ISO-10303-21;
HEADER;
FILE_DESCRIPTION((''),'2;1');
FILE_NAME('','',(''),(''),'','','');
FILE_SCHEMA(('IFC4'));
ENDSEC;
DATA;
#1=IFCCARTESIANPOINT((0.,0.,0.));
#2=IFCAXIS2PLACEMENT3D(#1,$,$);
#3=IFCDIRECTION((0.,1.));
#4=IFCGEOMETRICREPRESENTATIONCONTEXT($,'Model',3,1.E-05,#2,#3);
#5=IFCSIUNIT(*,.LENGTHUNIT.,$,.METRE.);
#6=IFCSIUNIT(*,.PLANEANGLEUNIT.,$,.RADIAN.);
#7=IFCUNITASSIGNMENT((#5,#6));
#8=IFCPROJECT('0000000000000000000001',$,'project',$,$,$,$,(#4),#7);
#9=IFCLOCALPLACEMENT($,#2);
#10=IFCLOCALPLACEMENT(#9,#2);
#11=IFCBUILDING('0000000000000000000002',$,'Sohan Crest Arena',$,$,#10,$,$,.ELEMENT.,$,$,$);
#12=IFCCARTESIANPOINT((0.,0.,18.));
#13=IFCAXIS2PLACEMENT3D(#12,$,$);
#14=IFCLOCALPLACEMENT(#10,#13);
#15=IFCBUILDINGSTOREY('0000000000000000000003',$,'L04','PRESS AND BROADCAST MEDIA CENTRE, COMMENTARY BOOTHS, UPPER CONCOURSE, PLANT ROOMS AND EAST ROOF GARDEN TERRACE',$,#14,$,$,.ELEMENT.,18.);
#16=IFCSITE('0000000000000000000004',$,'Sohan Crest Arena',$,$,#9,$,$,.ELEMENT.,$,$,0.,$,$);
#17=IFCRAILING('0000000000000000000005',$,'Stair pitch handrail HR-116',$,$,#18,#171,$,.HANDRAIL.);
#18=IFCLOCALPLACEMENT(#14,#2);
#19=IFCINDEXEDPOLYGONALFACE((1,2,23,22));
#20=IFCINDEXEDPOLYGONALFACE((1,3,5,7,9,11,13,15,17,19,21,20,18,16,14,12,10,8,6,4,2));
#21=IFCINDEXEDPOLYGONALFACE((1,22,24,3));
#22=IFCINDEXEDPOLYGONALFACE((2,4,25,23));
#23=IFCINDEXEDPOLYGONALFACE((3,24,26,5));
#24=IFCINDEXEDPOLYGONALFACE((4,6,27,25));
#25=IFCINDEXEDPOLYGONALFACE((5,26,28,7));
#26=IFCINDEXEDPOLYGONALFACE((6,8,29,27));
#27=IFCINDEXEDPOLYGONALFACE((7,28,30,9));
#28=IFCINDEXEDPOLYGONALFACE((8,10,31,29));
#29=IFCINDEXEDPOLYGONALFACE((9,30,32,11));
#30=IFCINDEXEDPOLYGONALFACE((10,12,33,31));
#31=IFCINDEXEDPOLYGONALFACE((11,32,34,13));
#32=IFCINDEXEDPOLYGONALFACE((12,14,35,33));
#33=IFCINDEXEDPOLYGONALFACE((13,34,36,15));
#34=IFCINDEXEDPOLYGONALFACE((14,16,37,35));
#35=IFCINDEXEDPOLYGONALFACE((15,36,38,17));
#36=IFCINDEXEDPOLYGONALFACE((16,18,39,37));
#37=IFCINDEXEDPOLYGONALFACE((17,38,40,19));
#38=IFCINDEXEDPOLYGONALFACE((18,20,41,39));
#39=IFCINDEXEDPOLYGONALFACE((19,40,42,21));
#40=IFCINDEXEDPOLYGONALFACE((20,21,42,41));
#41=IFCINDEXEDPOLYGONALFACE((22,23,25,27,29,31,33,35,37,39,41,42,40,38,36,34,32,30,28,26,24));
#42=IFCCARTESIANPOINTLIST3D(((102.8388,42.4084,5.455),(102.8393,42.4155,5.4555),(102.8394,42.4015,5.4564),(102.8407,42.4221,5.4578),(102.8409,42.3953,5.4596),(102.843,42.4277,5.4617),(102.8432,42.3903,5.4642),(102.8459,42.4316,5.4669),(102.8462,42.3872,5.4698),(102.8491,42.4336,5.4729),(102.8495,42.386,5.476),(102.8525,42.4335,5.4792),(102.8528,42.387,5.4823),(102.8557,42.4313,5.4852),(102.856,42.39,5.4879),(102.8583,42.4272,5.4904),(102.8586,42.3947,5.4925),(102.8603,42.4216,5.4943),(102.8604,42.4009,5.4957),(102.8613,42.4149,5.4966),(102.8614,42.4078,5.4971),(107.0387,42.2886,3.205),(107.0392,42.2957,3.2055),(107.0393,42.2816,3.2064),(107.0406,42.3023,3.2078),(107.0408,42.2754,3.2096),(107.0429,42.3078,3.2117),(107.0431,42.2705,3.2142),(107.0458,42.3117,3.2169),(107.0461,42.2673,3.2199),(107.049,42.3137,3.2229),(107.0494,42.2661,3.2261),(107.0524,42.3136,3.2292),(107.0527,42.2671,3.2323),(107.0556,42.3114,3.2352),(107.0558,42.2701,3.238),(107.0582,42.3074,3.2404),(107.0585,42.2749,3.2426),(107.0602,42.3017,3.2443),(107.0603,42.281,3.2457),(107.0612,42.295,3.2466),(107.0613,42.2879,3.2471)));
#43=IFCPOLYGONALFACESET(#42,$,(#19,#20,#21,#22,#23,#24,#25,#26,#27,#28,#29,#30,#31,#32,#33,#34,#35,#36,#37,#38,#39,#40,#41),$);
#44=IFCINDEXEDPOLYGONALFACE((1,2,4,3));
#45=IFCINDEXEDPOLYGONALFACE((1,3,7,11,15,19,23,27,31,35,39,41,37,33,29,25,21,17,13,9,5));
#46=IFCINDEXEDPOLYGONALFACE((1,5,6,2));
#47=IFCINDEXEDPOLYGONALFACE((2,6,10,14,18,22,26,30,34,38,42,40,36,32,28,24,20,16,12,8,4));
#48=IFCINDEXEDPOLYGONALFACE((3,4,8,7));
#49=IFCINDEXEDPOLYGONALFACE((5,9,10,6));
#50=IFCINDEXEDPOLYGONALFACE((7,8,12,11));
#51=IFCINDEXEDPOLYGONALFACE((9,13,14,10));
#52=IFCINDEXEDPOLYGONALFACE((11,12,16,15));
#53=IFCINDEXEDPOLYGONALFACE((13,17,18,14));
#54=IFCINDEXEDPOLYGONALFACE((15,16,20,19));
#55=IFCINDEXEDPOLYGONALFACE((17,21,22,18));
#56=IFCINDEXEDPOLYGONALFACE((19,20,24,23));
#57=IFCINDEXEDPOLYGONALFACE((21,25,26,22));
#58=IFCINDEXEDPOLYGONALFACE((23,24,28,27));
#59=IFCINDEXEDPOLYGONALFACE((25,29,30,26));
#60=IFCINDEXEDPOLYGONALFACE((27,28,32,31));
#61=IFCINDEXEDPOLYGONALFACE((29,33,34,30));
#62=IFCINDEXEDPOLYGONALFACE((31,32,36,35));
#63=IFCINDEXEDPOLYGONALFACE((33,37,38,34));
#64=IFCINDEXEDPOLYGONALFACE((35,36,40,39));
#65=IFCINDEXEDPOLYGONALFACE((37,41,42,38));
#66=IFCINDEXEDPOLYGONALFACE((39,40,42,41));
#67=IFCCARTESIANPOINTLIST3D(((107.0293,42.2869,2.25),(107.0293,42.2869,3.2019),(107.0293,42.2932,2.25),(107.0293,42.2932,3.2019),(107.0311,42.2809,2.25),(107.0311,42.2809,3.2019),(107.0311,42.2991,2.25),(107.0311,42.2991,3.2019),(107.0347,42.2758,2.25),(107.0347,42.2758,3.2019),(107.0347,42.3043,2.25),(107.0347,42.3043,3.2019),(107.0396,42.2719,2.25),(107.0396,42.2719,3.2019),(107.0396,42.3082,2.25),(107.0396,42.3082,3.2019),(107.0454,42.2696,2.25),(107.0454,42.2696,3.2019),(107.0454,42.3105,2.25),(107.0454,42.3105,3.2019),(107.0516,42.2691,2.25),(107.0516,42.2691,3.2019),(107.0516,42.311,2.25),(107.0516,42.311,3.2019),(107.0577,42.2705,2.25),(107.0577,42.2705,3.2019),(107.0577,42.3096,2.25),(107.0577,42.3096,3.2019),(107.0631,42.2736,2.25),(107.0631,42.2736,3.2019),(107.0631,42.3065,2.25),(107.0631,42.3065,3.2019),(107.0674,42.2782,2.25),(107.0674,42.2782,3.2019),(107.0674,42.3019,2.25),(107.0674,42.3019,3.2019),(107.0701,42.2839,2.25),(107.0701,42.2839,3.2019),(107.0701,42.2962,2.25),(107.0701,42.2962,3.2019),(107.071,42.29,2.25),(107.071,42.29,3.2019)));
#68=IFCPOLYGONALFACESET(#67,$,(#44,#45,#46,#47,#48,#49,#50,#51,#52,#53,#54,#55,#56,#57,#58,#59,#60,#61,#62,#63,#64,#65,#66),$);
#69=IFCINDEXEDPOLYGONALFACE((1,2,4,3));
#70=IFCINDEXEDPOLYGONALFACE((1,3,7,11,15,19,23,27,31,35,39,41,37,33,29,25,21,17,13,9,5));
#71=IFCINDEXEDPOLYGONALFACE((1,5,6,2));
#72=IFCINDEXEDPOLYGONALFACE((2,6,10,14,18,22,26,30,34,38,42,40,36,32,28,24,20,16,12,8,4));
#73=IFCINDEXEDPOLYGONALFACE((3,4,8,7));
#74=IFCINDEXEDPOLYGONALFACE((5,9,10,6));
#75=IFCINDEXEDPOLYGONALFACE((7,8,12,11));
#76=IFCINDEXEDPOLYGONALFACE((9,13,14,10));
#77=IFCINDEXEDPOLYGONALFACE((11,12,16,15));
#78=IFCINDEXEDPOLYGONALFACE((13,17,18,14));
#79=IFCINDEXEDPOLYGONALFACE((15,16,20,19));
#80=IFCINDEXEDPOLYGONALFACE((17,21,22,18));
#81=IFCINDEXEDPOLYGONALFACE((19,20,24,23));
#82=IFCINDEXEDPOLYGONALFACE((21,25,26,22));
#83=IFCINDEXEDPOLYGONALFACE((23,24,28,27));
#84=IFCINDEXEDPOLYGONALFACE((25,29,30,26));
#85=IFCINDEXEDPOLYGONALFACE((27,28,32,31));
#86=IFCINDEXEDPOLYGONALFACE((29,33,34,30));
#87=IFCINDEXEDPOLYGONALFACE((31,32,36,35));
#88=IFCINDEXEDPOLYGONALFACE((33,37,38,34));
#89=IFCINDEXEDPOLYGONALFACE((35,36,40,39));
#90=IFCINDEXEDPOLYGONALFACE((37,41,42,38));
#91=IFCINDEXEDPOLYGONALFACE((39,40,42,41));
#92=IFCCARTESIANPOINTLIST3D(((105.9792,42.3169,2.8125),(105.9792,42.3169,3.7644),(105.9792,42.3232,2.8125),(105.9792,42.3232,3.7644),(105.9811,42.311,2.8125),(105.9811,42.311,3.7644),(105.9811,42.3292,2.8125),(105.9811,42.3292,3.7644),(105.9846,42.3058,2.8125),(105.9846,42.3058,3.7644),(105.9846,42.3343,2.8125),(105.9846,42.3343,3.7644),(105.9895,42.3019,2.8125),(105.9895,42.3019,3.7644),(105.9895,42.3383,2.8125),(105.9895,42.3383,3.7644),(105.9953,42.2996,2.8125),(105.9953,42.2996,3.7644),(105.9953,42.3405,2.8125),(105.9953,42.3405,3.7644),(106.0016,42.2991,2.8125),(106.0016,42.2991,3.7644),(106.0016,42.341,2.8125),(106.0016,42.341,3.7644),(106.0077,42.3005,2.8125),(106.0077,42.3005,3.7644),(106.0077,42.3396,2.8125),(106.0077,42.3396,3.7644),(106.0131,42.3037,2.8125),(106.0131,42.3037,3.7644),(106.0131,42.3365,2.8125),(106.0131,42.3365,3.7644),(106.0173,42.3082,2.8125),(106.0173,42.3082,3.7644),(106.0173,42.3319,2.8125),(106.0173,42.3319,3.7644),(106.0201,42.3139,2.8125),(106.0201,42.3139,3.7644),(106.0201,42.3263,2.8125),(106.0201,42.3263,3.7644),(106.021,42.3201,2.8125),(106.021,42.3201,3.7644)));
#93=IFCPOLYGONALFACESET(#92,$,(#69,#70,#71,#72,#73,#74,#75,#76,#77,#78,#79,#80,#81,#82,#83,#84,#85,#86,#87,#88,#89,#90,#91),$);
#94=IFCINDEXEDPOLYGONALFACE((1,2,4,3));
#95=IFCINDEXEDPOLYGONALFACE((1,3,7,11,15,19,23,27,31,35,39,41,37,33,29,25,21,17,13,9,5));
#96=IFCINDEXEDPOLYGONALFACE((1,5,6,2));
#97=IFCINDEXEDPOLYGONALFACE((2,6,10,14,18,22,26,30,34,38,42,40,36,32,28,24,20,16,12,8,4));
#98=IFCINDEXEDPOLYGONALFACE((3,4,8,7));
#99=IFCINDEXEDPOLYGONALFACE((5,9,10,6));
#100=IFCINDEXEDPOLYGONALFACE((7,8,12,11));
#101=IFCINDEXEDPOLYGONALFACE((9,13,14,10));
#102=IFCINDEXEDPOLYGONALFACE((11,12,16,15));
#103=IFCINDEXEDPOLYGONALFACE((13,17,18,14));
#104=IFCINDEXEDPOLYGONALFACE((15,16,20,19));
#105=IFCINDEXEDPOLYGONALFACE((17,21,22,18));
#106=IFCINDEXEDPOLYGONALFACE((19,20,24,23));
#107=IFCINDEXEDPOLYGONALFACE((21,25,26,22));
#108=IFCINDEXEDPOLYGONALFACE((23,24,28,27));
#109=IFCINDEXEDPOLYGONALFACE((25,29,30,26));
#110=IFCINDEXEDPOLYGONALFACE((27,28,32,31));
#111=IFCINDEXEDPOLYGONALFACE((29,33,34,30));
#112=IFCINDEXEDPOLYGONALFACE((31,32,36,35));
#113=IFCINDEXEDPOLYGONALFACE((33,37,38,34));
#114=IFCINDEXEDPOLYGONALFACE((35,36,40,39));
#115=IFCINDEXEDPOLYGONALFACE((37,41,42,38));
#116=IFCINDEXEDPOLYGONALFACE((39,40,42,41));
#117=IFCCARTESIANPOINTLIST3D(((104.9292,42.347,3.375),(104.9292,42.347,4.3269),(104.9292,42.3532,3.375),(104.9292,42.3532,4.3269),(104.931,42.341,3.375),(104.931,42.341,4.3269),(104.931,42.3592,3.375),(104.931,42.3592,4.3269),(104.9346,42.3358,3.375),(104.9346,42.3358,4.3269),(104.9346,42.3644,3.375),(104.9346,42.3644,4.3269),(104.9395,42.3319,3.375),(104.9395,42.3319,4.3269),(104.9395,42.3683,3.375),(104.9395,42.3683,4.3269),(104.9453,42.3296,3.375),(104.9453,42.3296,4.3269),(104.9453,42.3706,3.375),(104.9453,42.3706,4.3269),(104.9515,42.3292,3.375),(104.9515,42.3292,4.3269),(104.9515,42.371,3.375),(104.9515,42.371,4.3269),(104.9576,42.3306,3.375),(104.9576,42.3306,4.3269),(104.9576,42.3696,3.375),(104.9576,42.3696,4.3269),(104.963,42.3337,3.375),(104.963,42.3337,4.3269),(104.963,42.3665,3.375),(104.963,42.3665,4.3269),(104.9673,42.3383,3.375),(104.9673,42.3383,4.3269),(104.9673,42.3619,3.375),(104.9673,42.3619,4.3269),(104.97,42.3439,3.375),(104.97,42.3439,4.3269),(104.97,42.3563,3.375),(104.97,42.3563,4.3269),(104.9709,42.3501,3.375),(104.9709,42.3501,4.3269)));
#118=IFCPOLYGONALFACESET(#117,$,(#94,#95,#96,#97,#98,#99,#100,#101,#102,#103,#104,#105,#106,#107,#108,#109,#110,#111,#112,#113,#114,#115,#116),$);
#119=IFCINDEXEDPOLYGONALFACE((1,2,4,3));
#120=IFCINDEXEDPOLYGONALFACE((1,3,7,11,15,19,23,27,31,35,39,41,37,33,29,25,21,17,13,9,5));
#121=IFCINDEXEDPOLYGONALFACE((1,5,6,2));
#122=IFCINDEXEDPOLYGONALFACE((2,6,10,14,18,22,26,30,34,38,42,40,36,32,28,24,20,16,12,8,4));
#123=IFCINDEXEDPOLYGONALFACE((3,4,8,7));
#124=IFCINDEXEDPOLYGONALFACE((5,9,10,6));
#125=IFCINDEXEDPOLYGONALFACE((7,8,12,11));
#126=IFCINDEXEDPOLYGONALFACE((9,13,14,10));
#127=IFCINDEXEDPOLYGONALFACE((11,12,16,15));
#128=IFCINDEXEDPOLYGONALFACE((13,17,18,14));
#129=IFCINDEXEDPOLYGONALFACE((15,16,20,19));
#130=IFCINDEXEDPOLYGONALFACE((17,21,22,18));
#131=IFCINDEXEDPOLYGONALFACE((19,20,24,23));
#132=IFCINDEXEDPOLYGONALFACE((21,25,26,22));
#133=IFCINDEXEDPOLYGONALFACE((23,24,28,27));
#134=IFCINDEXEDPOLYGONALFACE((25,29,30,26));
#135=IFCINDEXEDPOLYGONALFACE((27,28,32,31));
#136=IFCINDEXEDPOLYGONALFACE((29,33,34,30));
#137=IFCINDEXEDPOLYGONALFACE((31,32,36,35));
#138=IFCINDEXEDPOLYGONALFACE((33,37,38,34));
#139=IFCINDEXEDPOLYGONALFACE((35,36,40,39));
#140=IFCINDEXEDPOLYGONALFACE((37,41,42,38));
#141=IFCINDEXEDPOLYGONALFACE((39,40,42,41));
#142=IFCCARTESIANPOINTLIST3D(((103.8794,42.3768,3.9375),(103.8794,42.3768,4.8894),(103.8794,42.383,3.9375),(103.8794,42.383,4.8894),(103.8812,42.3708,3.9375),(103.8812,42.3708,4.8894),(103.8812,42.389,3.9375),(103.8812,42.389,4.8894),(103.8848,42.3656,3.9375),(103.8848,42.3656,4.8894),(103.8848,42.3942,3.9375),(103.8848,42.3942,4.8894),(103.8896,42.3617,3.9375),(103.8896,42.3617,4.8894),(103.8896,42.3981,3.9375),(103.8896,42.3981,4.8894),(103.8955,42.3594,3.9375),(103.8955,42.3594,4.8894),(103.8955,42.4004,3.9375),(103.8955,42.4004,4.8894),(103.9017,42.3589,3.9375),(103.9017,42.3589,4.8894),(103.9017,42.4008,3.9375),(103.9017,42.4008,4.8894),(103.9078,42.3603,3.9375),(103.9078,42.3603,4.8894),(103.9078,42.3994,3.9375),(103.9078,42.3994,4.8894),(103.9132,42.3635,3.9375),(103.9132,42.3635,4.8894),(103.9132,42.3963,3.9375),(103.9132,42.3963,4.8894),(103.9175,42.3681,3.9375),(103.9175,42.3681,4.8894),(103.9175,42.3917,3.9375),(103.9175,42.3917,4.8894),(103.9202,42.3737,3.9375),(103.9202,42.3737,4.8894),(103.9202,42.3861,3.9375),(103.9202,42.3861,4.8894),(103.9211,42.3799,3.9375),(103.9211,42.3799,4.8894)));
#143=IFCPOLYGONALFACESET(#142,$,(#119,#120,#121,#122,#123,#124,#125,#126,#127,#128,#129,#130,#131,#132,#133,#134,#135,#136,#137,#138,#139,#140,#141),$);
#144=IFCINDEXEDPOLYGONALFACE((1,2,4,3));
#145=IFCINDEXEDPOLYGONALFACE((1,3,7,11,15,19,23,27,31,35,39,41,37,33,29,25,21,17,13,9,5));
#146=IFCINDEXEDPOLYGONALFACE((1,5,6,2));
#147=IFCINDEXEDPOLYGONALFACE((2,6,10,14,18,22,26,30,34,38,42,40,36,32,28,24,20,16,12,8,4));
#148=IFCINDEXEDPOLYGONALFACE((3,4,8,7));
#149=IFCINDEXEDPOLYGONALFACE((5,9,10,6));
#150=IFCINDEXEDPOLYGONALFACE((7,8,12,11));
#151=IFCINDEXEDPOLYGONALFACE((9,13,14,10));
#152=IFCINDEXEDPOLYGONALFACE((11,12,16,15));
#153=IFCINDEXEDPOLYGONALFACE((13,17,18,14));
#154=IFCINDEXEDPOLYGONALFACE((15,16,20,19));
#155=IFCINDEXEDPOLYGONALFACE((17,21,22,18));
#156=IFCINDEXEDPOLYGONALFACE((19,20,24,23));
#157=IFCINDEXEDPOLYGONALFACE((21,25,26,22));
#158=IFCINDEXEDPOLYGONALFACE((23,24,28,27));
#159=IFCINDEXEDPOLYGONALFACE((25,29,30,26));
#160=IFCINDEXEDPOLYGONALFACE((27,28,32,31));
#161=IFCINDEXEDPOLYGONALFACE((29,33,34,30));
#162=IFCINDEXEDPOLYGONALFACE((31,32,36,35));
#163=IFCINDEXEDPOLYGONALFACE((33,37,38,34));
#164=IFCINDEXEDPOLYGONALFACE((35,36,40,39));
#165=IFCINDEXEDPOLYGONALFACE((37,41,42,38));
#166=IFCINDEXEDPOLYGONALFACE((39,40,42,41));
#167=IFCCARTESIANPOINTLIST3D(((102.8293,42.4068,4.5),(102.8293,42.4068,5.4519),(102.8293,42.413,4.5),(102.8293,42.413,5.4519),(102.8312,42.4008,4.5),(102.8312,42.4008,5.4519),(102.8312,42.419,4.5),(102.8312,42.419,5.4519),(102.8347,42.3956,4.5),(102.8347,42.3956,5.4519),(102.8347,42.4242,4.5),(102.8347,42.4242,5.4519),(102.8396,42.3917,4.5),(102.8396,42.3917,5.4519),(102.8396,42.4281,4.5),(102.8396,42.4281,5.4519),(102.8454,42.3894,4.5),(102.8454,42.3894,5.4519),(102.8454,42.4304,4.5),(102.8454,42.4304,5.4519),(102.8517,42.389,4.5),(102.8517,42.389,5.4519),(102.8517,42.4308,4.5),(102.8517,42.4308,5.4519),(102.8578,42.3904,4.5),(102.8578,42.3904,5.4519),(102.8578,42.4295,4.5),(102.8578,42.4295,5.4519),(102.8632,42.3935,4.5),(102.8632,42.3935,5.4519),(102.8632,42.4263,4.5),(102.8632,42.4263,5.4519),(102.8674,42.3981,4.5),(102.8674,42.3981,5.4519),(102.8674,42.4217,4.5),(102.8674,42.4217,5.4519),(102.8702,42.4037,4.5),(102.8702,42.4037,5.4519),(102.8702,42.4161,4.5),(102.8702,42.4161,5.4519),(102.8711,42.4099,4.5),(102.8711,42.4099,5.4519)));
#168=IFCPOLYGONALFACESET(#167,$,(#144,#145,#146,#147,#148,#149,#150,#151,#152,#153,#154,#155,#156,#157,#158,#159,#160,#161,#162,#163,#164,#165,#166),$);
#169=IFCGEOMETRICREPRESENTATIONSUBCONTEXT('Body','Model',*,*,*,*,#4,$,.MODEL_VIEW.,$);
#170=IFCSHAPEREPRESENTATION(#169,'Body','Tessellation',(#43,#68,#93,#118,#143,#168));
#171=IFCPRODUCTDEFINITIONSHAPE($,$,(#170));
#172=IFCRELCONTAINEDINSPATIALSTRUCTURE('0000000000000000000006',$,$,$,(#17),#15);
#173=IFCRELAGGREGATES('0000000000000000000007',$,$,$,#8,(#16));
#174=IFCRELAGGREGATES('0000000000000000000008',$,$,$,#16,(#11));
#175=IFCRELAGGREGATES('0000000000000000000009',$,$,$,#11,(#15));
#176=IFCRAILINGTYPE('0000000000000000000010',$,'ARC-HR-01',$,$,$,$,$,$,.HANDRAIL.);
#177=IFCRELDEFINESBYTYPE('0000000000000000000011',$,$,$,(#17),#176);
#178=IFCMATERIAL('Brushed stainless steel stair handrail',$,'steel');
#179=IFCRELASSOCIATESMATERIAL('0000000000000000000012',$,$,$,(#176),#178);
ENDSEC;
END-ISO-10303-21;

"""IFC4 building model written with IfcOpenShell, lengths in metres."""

from ifc_helpers import new_model, si_unit, direction, frame, origin, origin_2d, place, context, subcontext, project, spatial, circle, extrude, material, type_object, element, save


model = new_model("IFC4")

# Units and contexts
model_context = context("Model", 3, precision=1e-05, world=origin(), true_north=direction((0.0, 1.0)))
body_context = subcontext(model_context, "Body", "Model", "MODEL_VIEW")
ifc_project = project(units=[si_unit("LENGTHUNIT", "METRE"), si_unit("PLANEANGLEUNIT", "RADIAN")], contexts=[model_context])

# Site, building, storey
site_placement = place(None, origin())
site = spatial("IfcSite", under=ifc_project, at=site_placement, Name="Sohan Crest Arena", CompositionType="ELEMENT", RefElevation=0.0)
building_placement = place(site_placement, origin())
building = spatial("IfcBuilding", under=site, at=building_placement, Name="Sohan Crest Arena", CompositionType="ELEMENT")
storey_placement = place(building_placement, frame((0.0, 0.0, 18.0)))
storey = spatial("IfcBuildingStorey", under=building, at=storey_placement, Name="L04", Description="PRESS AND BROADCAST MEDIA CENTRE, COMMENTARY BOOTHS, UPPER CONCOURSE, PLANT ROOMS AND EAST ROOF GARDEN TERRACE", CompositionType="ELEMENT", Elevation=18.0)

# Railing
ifc_material_1 = material(Name="Brushed stainless steel stair handrail", Category="steel")
railing_type_1 = type_object("IfcRailingType", Name="ARC-HR-01", PredefinedType="HANDRAIL", material=ifc_material_1)
railing_1_placement = place(storey_placement, frame((107.05, 42.29, 2.25)))
element("IfcRailing", 1, at=railing_1_placement, inside=storey, type_object=railing_type_1, Name="Stair pitch handrail HR-116", PredefinedType="HANDRAIL", context=body_context, shape_type="SweptSolid", body=[
    extrude(circle(Radius=0.0239, at=origin_2d()), frame((0.0, 0.0, 0.9761), z_axis=(-0.881199, 0.025151, 0.472076), x_axis=(-0.02853, -0.999593, 0.0)), (0.0, 0.0, 1.0), 4.7661),
    extrude(circle(Radius=0.021, at=origin_2d()), origin(), (0.0, 0.0, 1.0), 0.9519),
    extrude(circle(Radius=0.021, at=origin_2d()), frame((-1.05, 0.03, 0.5625)), (0.0, 0.0, 1.0), 0.9519),
    extrude(circle(Radius=0.021, at=origin_2d()), frame((-2.1001, 0.0601, 1.125)), (0.0, 0.0, 1.0), 0.9519),
    extrude(circle(Radius=0.021, at=origin_2d()), frame((-3.1499, 0.0898, 1.6875)), (0.0, 0.0, 1.0), 0.9519),
    extrude(circle(Radius=0.021, at=origin_2d()), frame((-4.2, 0.1199, 2.25)), (0.0, 0.0, 1.0), 0.9519),
])

save(model, "model.ifc")
